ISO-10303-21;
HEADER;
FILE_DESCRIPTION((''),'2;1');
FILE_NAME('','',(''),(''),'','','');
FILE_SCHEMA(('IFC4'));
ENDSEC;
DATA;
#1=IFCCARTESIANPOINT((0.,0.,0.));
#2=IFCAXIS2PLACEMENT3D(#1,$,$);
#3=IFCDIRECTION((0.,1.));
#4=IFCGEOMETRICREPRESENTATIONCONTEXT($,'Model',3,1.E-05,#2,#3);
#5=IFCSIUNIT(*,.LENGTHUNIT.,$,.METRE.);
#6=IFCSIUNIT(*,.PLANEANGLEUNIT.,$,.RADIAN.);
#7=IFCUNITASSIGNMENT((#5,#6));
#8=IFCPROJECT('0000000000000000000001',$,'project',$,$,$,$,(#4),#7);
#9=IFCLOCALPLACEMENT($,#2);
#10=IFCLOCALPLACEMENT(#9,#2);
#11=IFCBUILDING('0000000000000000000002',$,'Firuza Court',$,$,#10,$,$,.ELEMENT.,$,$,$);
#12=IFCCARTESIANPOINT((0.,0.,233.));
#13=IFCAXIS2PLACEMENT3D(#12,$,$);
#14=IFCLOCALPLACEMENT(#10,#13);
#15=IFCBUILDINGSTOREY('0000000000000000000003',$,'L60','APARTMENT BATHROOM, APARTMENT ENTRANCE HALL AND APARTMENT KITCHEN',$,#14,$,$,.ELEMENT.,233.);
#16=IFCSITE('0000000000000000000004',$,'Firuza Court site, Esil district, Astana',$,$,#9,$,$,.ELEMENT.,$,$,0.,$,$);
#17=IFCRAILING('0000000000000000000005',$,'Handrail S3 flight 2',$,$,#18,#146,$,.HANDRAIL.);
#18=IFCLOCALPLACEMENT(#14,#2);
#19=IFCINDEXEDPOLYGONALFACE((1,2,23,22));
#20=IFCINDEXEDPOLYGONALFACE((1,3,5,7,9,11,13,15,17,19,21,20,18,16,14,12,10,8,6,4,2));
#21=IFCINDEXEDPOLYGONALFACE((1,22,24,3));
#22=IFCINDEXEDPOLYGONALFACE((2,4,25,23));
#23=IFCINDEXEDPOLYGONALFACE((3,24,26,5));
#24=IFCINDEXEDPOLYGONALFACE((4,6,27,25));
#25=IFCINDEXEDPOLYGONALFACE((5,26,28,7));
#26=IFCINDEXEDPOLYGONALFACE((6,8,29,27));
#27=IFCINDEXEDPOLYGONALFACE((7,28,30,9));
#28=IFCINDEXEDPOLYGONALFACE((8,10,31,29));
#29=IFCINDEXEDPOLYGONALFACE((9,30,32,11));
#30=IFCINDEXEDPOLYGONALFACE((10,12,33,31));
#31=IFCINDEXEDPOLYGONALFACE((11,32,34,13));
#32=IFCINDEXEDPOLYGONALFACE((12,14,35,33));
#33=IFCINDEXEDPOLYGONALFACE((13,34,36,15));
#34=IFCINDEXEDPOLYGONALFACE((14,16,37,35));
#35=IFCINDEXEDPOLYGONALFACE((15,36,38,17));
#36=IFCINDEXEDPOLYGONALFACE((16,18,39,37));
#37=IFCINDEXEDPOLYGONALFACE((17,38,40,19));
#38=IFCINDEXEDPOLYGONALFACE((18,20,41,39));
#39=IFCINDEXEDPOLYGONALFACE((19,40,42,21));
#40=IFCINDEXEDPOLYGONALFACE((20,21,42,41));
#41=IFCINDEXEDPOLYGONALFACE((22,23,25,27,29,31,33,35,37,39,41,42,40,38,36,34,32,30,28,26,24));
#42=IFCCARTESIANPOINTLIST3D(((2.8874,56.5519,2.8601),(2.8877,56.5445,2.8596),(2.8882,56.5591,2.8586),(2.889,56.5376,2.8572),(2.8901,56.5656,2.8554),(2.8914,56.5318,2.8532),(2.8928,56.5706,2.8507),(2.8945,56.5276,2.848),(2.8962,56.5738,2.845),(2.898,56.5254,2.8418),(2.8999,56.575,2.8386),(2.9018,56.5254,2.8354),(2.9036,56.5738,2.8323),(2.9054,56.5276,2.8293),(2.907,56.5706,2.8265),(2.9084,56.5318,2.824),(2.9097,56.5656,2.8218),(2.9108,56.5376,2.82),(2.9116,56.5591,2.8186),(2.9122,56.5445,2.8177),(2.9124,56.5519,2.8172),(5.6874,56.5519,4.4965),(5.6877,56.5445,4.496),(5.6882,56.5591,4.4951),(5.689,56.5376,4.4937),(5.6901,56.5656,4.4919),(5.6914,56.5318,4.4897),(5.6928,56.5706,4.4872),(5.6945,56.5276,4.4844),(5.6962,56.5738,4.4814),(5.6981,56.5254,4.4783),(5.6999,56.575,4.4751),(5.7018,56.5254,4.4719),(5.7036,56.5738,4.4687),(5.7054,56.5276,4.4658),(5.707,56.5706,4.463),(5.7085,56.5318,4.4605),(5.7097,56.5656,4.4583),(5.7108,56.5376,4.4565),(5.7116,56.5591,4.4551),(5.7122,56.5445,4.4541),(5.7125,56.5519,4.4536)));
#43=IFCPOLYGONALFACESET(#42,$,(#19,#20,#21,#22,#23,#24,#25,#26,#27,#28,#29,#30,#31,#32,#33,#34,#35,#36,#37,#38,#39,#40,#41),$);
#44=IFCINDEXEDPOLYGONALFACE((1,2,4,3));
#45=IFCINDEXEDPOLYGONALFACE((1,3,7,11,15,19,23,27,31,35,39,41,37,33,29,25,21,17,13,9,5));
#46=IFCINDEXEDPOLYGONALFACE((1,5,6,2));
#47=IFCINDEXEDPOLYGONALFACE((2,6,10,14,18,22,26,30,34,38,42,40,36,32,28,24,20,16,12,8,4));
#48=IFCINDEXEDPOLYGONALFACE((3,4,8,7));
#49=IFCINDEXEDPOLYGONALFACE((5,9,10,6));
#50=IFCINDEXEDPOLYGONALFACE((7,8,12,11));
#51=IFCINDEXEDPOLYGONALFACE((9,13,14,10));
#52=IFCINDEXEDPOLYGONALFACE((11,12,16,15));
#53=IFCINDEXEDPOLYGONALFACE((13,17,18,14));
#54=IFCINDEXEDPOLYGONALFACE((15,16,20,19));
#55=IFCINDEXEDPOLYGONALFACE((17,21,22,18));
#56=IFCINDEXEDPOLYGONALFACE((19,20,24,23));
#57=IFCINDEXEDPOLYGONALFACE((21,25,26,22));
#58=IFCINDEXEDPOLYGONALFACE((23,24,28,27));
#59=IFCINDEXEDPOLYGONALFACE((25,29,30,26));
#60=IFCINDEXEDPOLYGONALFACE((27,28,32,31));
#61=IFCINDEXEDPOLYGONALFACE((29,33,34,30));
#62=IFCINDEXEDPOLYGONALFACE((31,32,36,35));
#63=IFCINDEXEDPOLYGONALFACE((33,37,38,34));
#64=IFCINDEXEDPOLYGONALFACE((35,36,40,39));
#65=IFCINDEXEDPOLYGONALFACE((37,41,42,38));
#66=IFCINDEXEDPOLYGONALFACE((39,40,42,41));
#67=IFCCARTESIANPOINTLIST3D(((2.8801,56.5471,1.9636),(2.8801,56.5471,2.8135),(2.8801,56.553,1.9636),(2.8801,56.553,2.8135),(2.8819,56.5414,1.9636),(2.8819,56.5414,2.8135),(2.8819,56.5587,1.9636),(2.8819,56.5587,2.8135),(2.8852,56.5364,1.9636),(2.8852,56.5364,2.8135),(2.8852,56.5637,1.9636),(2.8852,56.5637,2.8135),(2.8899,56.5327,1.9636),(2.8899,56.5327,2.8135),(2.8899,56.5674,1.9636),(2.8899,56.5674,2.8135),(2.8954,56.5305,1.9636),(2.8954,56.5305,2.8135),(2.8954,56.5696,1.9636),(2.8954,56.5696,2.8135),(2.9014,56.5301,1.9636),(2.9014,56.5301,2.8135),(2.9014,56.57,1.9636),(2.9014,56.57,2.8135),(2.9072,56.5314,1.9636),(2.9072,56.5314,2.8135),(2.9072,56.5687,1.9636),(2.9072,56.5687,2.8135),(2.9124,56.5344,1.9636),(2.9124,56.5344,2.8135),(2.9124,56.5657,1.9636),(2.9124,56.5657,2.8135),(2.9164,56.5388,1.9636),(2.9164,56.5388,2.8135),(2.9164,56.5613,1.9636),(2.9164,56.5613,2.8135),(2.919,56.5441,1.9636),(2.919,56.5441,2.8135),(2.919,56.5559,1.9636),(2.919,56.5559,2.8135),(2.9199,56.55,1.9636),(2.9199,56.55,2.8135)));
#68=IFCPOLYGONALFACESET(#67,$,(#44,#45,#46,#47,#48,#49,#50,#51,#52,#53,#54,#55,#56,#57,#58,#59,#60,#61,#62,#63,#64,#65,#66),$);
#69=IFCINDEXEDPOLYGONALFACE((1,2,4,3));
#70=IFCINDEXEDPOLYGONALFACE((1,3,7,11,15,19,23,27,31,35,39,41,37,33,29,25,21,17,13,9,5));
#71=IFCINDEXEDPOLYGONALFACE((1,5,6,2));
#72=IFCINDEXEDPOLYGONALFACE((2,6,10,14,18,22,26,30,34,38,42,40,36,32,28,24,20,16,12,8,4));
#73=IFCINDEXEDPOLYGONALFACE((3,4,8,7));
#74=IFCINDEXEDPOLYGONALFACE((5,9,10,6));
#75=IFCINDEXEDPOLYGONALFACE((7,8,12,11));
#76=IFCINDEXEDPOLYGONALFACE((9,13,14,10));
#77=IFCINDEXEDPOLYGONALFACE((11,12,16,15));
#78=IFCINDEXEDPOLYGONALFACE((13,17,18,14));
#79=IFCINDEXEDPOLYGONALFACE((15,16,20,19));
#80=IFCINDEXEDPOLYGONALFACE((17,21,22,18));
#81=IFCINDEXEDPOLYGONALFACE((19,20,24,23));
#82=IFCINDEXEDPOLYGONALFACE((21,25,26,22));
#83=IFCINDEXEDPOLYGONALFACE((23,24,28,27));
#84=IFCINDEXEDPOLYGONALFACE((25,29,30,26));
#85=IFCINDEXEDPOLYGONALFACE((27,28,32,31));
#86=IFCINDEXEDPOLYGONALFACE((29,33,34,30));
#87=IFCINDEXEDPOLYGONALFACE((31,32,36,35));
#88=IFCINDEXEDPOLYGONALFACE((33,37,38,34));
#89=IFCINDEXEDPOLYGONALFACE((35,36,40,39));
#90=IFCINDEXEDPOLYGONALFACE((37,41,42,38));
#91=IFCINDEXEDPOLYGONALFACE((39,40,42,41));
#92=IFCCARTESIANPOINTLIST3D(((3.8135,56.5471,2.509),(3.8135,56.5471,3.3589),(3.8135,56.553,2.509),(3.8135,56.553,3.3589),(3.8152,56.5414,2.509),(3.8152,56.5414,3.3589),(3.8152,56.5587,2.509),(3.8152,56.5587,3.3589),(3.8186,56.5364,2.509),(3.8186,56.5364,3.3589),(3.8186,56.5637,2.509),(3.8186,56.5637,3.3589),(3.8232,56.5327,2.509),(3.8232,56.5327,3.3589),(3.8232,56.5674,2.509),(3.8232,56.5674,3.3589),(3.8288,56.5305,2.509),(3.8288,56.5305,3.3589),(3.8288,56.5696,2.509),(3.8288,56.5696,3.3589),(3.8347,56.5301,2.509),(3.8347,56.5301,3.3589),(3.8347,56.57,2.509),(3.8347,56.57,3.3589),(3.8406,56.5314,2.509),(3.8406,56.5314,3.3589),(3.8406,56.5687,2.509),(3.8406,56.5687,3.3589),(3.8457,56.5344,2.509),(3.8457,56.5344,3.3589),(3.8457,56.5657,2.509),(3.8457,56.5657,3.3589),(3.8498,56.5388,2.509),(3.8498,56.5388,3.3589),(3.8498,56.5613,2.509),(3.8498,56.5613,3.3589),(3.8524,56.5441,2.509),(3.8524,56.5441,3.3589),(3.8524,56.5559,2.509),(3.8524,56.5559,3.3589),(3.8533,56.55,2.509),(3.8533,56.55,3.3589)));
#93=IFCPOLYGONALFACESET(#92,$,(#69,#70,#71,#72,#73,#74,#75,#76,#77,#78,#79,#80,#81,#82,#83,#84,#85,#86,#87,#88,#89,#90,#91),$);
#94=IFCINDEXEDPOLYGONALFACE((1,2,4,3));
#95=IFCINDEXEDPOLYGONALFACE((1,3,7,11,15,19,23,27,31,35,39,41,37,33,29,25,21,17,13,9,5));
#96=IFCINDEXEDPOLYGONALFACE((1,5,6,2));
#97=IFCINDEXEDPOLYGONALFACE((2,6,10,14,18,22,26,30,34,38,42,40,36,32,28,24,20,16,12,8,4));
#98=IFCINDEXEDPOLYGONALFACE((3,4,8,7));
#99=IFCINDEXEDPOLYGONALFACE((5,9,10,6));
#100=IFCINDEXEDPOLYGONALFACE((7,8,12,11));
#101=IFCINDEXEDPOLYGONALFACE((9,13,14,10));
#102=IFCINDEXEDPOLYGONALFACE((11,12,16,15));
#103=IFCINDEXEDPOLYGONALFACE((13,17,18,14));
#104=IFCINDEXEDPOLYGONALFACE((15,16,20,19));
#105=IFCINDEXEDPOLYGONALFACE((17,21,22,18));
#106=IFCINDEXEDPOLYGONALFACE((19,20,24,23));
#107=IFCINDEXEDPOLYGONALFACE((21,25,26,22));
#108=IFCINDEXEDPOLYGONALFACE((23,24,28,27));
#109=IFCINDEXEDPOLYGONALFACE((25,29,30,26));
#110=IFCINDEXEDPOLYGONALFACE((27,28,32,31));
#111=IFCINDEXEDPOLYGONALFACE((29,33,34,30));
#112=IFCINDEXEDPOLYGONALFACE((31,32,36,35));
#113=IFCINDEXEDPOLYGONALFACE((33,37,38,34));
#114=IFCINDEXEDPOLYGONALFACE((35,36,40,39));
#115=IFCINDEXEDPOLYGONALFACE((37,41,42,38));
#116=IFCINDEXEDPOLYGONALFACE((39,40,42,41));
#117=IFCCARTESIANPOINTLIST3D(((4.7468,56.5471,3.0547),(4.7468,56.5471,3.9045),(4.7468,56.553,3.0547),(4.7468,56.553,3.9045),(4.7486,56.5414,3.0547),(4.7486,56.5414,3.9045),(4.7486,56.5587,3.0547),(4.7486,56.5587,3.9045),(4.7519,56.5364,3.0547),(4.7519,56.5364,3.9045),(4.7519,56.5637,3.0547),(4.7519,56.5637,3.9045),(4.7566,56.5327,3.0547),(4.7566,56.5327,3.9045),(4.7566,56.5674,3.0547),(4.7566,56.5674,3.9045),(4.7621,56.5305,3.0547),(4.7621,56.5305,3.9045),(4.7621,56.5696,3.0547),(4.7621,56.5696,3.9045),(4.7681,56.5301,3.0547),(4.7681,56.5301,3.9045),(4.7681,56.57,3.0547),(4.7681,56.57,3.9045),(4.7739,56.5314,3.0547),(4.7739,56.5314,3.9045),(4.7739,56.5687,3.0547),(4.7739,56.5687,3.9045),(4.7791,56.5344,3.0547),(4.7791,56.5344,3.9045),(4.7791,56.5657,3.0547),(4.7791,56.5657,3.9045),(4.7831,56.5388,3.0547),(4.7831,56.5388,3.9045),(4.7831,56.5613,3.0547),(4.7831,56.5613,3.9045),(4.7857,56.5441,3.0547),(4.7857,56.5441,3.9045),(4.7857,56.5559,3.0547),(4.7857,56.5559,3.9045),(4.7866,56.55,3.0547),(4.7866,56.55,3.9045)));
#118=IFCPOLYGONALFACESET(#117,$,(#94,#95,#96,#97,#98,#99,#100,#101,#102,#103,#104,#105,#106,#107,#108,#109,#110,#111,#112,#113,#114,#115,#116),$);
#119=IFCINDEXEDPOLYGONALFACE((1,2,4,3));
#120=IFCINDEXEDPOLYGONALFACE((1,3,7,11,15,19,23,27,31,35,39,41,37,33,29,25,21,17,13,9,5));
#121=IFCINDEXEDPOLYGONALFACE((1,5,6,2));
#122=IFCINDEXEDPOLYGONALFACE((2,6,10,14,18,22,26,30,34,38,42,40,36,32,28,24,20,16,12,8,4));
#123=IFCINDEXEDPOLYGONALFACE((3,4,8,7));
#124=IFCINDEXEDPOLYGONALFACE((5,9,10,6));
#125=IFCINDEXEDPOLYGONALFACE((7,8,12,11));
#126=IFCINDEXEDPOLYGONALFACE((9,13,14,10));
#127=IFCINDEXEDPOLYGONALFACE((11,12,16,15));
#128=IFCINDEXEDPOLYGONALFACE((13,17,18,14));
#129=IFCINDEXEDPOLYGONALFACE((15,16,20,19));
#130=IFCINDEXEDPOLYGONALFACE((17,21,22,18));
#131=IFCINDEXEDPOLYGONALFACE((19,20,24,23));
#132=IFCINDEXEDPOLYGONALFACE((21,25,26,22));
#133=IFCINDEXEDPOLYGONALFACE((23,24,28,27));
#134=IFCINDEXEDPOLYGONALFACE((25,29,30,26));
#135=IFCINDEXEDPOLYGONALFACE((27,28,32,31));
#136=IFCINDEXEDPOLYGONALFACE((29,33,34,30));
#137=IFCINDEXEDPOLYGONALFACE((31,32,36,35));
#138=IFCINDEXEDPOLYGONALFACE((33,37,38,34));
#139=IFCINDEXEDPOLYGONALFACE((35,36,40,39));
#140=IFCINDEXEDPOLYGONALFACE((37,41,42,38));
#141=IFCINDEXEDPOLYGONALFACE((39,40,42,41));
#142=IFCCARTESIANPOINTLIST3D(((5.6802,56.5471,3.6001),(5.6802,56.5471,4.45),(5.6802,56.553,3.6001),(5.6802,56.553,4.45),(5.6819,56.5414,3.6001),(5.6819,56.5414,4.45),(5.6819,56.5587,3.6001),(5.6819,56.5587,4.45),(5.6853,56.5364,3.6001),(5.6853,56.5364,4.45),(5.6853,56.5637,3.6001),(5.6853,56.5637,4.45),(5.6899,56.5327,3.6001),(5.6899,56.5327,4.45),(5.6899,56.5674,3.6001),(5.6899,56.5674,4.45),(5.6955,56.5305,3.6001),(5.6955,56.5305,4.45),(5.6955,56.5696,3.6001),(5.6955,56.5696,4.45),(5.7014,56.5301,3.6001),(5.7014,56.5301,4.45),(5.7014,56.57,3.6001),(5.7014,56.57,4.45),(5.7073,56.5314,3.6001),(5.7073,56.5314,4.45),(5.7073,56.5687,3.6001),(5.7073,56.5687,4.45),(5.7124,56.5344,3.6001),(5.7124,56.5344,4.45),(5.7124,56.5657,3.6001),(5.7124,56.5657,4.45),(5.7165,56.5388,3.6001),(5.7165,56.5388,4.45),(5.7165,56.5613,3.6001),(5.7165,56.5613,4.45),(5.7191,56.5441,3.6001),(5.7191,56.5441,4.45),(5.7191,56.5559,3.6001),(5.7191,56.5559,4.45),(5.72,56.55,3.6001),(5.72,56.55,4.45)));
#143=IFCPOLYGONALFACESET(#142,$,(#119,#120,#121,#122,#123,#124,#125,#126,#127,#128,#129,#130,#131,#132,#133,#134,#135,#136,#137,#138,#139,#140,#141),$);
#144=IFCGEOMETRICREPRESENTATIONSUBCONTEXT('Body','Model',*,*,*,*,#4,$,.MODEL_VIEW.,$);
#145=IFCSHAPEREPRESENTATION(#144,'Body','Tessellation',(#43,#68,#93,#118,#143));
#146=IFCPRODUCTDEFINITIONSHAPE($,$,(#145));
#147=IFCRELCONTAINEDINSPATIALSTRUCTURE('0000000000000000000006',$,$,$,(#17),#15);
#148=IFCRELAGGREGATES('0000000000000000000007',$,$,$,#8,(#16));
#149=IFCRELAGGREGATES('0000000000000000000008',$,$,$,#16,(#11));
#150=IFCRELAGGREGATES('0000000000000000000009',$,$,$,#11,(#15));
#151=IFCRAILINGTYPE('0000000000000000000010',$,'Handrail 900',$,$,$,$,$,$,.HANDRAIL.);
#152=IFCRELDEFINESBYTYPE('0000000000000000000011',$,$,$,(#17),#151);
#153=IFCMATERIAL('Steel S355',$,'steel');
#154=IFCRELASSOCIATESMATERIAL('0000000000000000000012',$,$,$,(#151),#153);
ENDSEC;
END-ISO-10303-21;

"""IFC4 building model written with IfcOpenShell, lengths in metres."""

from ifc_helpers import new_model, si_unit, direction, frame, origin, origin_2d, place, context, subcontext, project, spatial, circle, extrude, material, type_object, element, save


model = new_model("IFC4")

# Units and contexts
model_context = context("Model", 3, precision=1e-05, world=origin(), true_north=direction((0.0, 1.0)))
body_context = subcontext(model_context, "Body", "Model", "MODEL_VIEW")
ifc_project = project(units=[si_unit("LENGTHUNIT", "METRE"), si_unit("PLANEANGLEUNIT", "RADIAN")], contexts=[model_context])

# Site, building, storey
site_placement = place(None, origin())
site = spatial("IfcSite", under=ifc_project, at=site_placement, Name="Firuza Court site, Esil district, Astana", CompositionType="ELEMENT", RefElevation=0.0)
building_placement = place(site_placement, origin())
building = spatial("IfcBuilding", under=site, at=building_placement, Name="Firuza Court", CompositionType="ELEMENT")
storey_placement = place(building_placement, frame((0.0, 0.0, 233.0)))
storey = spatial("IfcBuildingStorey", under=building, at=storey_placement, Name="L60", Description="APARTMENT BATHROOM, APARTMENT ENTRANCE HALL AND APARTMENT KITCHEN", CompositionType="ELEMENT", Elevation=233.0)

# Railing
ifc_material_1 = material(Name="Steel S355", Category="steel")
railing_type_1 = type_object("IfcRailingType", Name="Handrail 900", PredefinedType="HANDRAIL", material=ifc_material_1)
railing_1_placement = place(storey_placement, frame((2.8999, 56.55, 1.9636)))
element("IfcRailing", 1, at=railing_1_placement, inside=storey, type_object=railing_type_1, Name="Handrail S3 flight 2", PredefinedType="HANDRAIL", context=body_context, shape_type="SweptSolid", body=[
    extrude(circle(Radius=0.0249, at=origin_2d()), frame((0.0, 0.0, 0.875), z_axis=(0.863361, 0.0, 0.504587), x_axis=(0.0, 1.0, 0.0)), (0.0, 0.0, 1.0), 3.2432),
    extrude(circle(Radius=0.02, at=origin_2d()), origin(), (0.0, 0.0, 1.0), 0.8499),
    extrude(circle(Radius=0.02, at=origin_2d()), frame((0.9333, 0.0, 0.5454)), (0.0, 0.0, 1.0), 0.8499),
    extrude(circle(Radius=0.02, at=origin_2d()), frame((1.8667, 0.0, 1.0911)), (0.0, 0.0, 1.0), 0.8499),
    extrude(circle(Radius=0.02, at=origin_2d()), frame((2.8, 0.0, 1.6365)), (0.0, 0.0, 1.0), 0.8499),
])

save(model, "model.ifc")
